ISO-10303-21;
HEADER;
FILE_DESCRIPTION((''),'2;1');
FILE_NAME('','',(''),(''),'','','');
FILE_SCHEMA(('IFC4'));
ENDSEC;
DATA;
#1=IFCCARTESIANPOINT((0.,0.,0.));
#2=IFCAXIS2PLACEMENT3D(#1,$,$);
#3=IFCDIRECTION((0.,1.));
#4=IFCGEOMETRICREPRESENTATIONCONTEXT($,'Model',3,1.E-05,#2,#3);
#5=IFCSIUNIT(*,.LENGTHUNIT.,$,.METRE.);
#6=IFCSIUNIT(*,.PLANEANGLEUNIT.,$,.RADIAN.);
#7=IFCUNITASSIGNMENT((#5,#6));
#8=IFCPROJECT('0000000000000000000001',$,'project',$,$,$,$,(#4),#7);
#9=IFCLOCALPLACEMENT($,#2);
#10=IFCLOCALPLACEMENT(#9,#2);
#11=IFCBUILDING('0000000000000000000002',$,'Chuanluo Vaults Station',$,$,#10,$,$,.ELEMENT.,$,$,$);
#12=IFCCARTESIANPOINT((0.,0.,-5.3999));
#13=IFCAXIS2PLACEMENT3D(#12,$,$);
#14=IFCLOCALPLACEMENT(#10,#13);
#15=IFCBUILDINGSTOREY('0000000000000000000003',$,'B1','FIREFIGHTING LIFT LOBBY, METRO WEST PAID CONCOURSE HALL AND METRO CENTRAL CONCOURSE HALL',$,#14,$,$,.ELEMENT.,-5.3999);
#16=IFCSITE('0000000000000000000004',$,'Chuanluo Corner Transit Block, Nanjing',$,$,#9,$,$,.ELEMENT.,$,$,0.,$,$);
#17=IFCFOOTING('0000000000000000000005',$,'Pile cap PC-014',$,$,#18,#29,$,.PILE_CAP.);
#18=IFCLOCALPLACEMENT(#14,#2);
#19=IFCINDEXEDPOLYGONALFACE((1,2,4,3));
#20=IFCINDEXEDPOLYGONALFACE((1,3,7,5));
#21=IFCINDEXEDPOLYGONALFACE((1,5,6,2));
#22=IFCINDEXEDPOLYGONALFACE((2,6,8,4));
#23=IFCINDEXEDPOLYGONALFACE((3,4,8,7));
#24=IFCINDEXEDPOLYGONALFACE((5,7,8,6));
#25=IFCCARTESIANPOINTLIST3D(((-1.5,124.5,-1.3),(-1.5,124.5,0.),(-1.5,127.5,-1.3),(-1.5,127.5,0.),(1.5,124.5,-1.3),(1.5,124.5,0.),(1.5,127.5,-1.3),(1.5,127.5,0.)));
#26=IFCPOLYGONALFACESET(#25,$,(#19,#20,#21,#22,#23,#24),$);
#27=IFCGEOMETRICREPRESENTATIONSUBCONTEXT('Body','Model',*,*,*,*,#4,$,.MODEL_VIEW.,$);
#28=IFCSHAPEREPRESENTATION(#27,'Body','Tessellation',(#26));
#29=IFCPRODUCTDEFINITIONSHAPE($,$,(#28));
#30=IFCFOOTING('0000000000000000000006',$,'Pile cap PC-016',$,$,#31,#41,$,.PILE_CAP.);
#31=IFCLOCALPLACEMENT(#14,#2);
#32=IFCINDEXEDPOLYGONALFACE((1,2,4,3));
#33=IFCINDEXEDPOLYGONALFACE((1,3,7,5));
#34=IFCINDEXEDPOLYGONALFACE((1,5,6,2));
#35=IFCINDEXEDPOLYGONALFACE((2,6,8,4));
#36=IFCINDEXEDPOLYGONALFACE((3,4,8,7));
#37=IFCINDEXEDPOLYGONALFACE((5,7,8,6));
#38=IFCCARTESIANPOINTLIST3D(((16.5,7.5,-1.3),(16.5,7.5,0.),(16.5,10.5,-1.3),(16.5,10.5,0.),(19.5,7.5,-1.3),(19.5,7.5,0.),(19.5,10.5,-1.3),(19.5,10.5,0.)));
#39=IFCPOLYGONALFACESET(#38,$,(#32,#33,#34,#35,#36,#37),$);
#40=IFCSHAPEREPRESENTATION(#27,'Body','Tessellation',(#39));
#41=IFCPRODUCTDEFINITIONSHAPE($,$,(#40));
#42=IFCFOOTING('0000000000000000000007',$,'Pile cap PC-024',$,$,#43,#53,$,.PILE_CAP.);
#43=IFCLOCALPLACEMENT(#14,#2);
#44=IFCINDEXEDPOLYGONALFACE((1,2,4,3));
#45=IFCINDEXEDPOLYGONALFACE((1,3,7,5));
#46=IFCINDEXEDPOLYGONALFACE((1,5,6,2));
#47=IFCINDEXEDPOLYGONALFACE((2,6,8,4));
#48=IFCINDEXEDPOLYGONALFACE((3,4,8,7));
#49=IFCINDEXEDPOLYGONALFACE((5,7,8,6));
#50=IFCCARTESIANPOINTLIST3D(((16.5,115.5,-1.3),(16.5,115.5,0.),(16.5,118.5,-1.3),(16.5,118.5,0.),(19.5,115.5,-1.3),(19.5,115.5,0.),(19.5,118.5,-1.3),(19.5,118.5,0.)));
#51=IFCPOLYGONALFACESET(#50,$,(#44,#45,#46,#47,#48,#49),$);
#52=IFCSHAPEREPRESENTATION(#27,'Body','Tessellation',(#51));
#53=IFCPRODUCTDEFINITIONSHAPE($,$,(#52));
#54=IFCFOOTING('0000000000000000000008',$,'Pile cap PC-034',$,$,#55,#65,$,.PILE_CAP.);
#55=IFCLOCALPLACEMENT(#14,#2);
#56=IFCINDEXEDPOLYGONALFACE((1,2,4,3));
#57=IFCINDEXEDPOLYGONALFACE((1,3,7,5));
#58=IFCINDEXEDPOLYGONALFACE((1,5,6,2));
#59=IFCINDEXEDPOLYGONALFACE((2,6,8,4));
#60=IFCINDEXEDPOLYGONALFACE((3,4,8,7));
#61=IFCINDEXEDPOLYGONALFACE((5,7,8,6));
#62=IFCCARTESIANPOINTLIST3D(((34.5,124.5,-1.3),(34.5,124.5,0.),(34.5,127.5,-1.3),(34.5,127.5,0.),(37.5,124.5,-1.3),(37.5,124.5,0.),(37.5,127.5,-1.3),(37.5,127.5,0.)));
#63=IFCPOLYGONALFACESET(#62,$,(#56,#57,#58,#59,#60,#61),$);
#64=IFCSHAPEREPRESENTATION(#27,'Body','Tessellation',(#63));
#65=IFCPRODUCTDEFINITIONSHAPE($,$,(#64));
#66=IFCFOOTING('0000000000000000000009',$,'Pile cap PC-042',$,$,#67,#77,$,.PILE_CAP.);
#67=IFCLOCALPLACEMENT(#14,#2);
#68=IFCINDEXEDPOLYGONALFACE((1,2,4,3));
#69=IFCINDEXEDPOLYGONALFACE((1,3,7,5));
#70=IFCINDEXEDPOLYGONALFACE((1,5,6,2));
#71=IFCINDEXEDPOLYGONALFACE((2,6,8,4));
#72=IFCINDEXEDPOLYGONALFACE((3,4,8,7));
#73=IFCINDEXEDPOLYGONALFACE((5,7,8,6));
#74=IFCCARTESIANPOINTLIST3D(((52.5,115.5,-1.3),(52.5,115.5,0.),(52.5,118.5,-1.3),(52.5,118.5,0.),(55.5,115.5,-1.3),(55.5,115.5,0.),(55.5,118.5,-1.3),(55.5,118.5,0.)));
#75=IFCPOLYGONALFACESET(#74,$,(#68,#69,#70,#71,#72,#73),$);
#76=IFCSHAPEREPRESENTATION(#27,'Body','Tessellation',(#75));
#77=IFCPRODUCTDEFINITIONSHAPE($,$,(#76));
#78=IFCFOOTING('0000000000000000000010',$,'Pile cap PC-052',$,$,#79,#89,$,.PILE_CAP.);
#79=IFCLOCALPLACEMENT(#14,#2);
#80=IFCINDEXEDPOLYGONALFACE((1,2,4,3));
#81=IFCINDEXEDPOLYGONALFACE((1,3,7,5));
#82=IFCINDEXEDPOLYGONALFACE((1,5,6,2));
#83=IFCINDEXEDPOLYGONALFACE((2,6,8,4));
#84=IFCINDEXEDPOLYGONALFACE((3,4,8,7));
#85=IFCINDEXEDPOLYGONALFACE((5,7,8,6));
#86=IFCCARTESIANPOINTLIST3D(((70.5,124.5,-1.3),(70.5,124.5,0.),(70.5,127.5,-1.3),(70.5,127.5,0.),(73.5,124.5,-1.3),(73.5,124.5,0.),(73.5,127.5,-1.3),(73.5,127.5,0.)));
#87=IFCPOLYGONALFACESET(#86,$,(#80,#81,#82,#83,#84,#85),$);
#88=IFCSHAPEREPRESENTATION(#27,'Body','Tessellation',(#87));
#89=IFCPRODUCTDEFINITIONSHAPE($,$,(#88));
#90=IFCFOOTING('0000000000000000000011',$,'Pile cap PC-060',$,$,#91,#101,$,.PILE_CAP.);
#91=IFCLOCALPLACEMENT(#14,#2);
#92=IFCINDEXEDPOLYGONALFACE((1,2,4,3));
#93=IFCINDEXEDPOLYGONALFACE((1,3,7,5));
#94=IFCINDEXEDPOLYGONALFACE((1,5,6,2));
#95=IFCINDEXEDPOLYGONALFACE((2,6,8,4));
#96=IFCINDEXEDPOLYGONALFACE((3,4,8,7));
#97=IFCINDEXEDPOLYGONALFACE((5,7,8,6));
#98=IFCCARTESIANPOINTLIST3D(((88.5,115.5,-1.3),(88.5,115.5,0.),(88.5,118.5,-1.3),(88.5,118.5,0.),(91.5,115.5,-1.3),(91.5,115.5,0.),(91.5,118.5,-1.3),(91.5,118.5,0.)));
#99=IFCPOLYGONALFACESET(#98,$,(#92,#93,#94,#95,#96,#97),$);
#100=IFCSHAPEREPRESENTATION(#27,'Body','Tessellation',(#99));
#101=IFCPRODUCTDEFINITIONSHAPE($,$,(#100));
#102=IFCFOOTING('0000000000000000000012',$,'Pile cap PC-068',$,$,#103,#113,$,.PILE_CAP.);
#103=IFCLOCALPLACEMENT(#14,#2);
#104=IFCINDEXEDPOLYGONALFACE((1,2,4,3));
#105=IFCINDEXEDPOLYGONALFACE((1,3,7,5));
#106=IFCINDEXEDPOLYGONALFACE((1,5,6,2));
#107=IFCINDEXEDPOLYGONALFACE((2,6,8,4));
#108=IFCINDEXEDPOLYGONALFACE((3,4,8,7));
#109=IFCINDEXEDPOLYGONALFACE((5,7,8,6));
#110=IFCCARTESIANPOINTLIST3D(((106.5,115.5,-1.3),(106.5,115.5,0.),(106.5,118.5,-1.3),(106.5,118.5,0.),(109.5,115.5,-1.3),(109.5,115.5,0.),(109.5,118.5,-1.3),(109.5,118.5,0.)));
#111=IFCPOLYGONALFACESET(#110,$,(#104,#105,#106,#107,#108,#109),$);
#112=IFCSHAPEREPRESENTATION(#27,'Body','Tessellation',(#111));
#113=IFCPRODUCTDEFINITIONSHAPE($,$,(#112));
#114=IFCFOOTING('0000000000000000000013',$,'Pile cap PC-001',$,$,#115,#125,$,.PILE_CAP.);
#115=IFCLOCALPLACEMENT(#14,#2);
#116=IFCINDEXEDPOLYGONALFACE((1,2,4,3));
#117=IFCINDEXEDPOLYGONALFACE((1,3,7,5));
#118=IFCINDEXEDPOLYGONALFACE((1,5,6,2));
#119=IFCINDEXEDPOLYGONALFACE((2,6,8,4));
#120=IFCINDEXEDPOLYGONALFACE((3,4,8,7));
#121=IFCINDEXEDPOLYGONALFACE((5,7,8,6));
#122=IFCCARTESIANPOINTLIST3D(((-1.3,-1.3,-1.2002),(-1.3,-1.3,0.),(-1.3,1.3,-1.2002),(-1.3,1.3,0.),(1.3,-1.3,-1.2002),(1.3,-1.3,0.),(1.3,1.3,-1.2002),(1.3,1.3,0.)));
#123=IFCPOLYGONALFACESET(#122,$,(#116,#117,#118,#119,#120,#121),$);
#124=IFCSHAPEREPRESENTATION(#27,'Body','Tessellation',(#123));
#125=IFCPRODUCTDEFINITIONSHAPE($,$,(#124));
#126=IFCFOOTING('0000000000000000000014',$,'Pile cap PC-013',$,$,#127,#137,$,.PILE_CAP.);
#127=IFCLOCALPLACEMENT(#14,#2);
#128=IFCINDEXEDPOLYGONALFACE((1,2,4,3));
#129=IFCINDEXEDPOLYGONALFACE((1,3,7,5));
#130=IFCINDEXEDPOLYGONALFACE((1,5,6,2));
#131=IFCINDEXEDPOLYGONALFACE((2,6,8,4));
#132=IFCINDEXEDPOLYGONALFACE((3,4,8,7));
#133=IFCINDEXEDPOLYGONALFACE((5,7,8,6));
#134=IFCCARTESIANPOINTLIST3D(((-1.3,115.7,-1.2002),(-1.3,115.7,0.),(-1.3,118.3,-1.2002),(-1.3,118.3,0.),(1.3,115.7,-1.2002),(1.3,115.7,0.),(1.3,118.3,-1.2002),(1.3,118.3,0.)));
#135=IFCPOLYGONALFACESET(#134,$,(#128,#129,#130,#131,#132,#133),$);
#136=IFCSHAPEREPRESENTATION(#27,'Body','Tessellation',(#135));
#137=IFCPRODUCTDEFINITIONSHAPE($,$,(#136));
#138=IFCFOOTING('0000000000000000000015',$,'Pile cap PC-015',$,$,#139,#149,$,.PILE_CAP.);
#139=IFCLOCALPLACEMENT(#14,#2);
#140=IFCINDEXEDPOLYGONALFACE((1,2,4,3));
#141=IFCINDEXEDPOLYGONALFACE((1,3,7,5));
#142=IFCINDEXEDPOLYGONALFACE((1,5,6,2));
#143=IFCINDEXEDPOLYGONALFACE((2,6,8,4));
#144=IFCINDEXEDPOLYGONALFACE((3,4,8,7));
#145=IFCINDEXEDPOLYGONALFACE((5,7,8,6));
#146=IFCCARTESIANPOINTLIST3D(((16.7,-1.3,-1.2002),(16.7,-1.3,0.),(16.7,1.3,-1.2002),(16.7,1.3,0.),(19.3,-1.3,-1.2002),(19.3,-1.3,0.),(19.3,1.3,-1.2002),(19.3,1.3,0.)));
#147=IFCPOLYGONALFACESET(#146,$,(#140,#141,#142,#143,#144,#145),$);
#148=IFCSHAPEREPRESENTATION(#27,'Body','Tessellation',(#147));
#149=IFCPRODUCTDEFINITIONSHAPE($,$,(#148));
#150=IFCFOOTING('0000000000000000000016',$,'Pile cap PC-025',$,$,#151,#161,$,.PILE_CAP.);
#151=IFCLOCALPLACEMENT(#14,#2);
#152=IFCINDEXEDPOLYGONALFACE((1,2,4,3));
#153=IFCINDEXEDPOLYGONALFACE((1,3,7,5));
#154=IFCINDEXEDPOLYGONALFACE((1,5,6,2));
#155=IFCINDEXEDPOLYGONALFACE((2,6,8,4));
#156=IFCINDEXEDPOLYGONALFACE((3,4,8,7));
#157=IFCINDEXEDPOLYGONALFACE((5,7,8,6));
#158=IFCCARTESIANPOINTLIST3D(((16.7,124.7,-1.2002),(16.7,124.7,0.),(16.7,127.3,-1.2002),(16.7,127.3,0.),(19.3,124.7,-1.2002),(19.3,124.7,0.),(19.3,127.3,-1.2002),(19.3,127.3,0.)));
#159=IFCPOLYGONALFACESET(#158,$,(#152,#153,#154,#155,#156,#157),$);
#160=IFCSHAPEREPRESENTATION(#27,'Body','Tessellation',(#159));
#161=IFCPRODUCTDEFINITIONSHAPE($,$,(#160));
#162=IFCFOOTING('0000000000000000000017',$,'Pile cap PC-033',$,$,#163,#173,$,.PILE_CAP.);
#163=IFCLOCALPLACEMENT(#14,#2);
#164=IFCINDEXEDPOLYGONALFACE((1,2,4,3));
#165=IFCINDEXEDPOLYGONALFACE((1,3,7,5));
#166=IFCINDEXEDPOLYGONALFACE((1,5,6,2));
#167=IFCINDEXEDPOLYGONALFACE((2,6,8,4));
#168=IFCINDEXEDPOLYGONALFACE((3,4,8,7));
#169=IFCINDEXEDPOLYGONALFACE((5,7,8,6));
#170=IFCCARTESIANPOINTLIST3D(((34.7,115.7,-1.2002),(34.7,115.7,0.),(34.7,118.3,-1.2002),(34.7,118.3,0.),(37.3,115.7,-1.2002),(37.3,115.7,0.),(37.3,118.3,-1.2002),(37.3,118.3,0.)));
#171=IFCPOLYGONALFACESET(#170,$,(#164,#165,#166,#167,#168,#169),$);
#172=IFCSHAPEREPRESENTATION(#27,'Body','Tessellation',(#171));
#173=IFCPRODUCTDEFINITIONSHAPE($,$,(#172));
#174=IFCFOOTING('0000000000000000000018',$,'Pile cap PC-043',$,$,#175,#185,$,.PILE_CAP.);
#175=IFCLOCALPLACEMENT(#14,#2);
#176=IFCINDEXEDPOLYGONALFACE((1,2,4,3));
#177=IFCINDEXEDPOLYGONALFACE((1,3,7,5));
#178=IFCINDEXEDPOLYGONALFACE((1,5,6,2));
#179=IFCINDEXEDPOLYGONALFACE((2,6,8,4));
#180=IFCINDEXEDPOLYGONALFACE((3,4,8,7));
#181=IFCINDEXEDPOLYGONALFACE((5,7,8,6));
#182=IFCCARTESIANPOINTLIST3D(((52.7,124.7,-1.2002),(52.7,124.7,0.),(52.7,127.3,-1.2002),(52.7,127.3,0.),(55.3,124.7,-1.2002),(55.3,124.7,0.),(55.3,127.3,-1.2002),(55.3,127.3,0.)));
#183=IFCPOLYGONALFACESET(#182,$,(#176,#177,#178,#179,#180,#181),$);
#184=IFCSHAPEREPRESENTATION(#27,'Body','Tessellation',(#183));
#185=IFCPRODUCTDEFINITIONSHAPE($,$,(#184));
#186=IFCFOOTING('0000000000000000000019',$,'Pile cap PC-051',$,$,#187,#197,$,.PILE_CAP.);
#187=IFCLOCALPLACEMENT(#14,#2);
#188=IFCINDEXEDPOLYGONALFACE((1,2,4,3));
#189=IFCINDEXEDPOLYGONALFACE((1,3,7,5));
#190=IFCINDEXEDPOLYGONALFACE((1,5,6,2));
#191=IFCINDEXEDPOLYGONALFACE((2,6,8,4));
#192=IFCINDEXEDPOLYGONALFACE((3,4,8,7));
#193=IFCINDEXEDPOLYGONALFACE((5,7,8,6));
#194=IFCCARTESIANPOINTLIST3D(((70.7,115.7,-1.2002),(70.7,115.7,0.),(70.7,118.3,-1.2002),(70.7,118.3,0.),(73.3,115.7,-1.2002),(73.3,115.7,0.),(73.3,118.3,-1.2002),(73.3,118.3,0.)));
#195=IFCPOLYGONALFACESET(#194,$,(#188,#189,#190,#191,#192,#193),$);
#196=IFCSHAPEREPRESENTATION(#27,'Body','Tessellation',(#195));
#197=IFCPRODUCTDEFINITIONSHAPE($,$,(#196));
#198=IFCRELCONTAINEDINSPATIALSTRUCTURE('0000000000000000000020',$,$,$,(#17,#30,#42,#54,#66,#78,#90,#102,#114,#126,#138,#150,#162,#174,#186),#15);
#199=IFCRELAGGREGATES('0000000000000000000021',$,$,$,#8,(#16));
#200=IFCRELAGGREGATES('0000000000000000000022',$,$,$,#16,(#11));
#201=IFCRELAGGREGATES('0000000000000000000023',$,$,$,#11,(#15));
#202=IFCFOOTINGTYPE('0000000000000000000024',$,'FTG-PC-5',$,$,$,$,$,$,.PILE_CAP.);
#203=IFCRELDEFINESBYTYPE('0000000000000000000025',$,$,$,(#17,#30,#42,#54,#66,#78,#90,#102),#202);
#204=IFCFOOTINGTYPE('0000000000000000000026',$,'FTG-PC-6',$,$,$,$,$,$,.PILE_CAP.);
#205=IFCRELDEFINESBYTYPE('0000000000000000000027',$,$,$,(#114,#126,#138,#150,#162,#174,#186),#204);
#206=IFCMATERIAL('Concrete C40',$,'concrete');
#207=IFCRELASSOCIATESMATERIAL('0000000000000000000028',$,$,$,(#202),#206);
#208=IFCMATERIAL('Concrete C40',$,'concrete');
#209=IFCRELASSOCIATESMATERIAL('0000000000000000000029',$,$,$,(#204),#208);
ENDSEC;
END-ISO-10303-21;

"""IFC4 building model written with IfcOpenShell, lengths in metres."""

from ifc_helpers import new_model, si_unit, direction, frame, origin, place, context, subcontext, project, spatial, polyline, outline, extrude, material, type_object, element, save


model = new_model("IFC4")

# Units and contexts
model_context = context("Model", 3, precision=1e-05, world=origin(), true_north=direction((0.0, 1.0)))
body_context = subcontext(model_context, "Body", "Model", "MODEL_VIEW")
ifc_project = project(units=[si_unit("LENGTHUNIT", "METRE"), si_unit("PLANEANGLEUNIT", "RADIAN")], contexts=[model_context])

# Site, building, storey
site_placement = place(None, origin())
site = spatial("IfcSite", under=ifc_project, at=site_placement, Name="Chuanluo Corner Transit Block, Nanjing", CompositionType="ELEMENT", RefElevation=0.0)
building_placement = place(site_placement, origin())
building = spatial("IfcBuilding", under=site, at=building_placement, Name="Chuanluo Vaults Station", CompositionType="ELEMENT")
storey_placement = place(building_placement, frame((0.0, 0.0, -5.3999)))
storey = spatial("IfcBuildingStorey", under=building, at=storey_placement, Name="B1", Description="FIREFIGHTING LIFT LOBBY, METRO WEST PAID CONCOURSE HALL AND METRO CENTRAL CONCOURSE HALL", CompositionType="ELEMENT", Elevation=-5.3999)

# Footings
ifc_material_1 = material(Name="Concrete C40", Category="concrete")
footing_type_1 = type_object("IfcFootingType", Name="FTG-PC-5", PredefinedType="PILE_CAP", material=ifc_material_1)
footing_1_placement = place(storey_placement, frame((0.0, 0.0, -1.3)))
element("IfcFooting", 1, at=footing_1_placement, inside=storey, type_object=footing_type_1, Name="Pile cap PC-014", PredefinedType="PILE_CAP", context=body_context, shape_type="SweptSolid", body=[
    extrude(outline(polyline([(-1.5, 124.5), (1.5, 124.5), (1.5, 127.5), (-1.5, 127.5), (-1.5, 124.5)])), origin(), (0.0, 0.0, 1.0), 1.3),
])
footing_2_placement = place(storey_placement, frame((0.0, 0.0, -1.3)))
element("IfcFooting", 2, at=footing_2_placement, inside=storey, type_object=footing_type_1, Name="Pile cap PC-016", PredefinedType="PILE_CAP", context=body_context, shape_type="SweptSolid", body=[
    extrude(outline(polyline([(16.5, 7.5), (19.5, 7.5), (19.5, 10.5), (16.5, 10.5), (16.5, 7.5)])), origin(), (0.0, 0.0, 1.0), 1.3),
])
footing_3_placement = place(storey_placement, frame((0.0, 0.0, -1.3)))
element("IfcFooting", 3, at=footing_3_placement, inside=storey, type_object=footing_type_1, Name="Pile cap PC-024", PredefinedType="PILE_CAP", context=body_context, shape_type="SweptSolid", body=[
    extrude(outline(polyline([(16.5, 115.5), (19.5, 115.5), (19.5, 118.5), (16.5, 118.5), (16.5, 115.5)])), origin(), (0.0, 0.0, 1.0), 1.3),
])
footing_4_placement = place(storey_placement, frame((0.0, 0.0, -1.3)))
element("IfcFooting", 4, at=footing_4_placement, inside=storey, type_object=footing_type_1, Name="Pile cap PC-034", PredefinedType="PILE_CAP", context=body_context, shape_type="SweptSolid", body=[
    extrude(outline(polyline([(34.5, 124.5), (37.5, 124.5), (37.5, 127.5), (34.5, 127.5), (34.5, 124.5)])), origin(), (0.0, 0.0, 1.0), 1.3),
])
footing_5_placement = place(storey_placement, frame((0.0, 0.0, -1.3)))
element("IfcFooting", 5, at=footing_5_placement, inside=storey, type_object=footing_type_1, Name="Pile cap PC-042", PredefinedType="PILE_CAP", context=body_context, shape_type="SweptSolid", body=[
    extrude(outline(polyline([(52.5, 115.5), (55.5, 115.5), (55.5, 118.5), (52.5, 118.5), (52.5, 115.5)])), origin(), (0.0, 0.0, 1.0), 1.3),
])
footing_6_placement = place(storey_placement, frame((0.0, 0.0, -1.3)))
element("IfcFooting", 6, at=footing_6_placement, inside=storey, type_object=footing_type_1, Name="Pile cap PC-052", PredefinedType="PILE_CAP", context=body_context, shape_type="SweptSolid", body=[
    extrude(outline(polyline([(70.5, 124.5), (73.5, 124.5), (73.5, 127.5), (70.5, 127.5), (70.5, 124.5)])), origin(), (0.0, 0.0, 1.0), 1.3),
])
footing_7_placement = place(storey_placement, frame((0.0, 0.0, -1.3)))
element("IfcFooting", 7, at=footing_7_placement, inside=storey, type_object=footing_type_1, Name="Pile cap PC-060", PredefinedType="PILE_CAP", context=body_context, shape_type="SweptSolid", body=[
    extrude(outline(polyline([(88.5, 115.5), (91.5, 115.5), (91.5, 118.5), (88.5, 118.5), (88.5, 115.5)])), origin(), (0.0, 0.0, 1.0), 1.3),
])
footing_8_placement = place(storey_placement, frame((0.0, 0.0, -1.3)))
element("IfcFooting", 8, at=footing_8_placement, inside=storey, type_object=footing_type_1, Name="Pile cap PC-068", PredefinedType="PILE_CAP", context=body_context, shape_type="SweptSolid", body=[
    extrude(outline(polyline([(106.5, 115.5), (109.5, 115.5), (109.5, 118.5), (106.5, 118.5), (106.5, 115.5)])), origin(), (0.0, 0.0, 1.0), 1.3),
])
ifc_material_2 = material(Name="Concrete C40", Category="concrete")
footing_type_2 = type_object("IfcFootingType", Name="FTG-PC-6", PredefinedType="PILE_CAP", material=ifc_material_2)
footing_9_placement = place(storey_placement, frame((0.0, 0.0, -1.2002)))
element("IfcFooting", 9, at=footing_9_placement, inside=storey, type_object=footing_type_2, Name="Pile cap PC-001", PredefinedType="PILE_CAP", context=body_context, shape_type="SweptSolid", body=[
    extrude(outline(polyline([(-1.3, -1.3), (1.3, -1.3), (1.3, 1.3), (-1.3, 1.3), (-1.3, -1.3)])), origin(), (0.0, 0.0, 1.0), 1.2002),
])
footing_10_placement = place(storey_placement, frame((0.0, 0.0, -1.2002)))
element("IfcFooting", 10, at=footing_10_placement, inside=storey, type_object=footing_type_2, Name="Pile cap PC-013", PredefinedType="PILE_CAP", context=body_context, shape_type="SweptSolid", body=[
    extrude(outline(polyline([(-1.3, 115.7), (1.3, 115.7), (1.3, 118.3), (-1.3, 118.3), (-1.3, 115.7)])), origin(), (0.0, 0.0, 1.0), 1.2002),
])
footing_11_placement = place(storey_placement, frame((0.0, 0.0, -1.2002)))
element("IfcFooting", 11, at=footing_11_placement, inside=storey, type_object=footing_type_2, Name="Pile cap PC-015", PredefinedType="PILE_CAP", context=body_context, shape_type="SweptSolid", body=[
    extrude(outline(polyline([(16.7, -1.3), (19.3, -1.3), (19.3, 1.3), (16.7, 1.3), (16.7, -1.3)])), origin(), (0.0, 0.0, 1.0), 1.2002),
])
footing_12_placement = place(storey_placement, frame((0.0, 0.0, -1.2002)))
element("IfcFooting", 12, at=footing_12_placement, inside=storey, type_object=footing_type_2, Name="Pile cap PC-025", PredefinedType="PILE_CAP", context=body_context, shape_type="SweptSolid", body=[
    extrude(outline(polyline([(16.7, 124.7), (19.3, 124.7), (19.3, 127.3), (16.7, 127.3), (16.7, 124.7)])), origin(), (0.0, 0.0, 1.0), 1.2002),
])
footing_13_placement = place(storey_placement, frame((0.0, 0.0, -1.2002)))
element("IfcFooting", 13, at=footing_13_placement, inside=storey, type_object=footing_type_2, Name="Pile cap PC-033", PredefinedType="PILE_CAP", context=body_context, shape_type="SweptSolid", body=[
    extrude(outline(polyline([(34.7, 115.7), (37.3, 115.7), (37.3, 118.3), (34.7, 118.3), (34.7, 115.7)])), origin(), (0.0, 0.0, 1.0), 1.2002),
])
footing_14_placement = place(storey_placement, frame((0.0, 0.0, -1.2002)))
element("IfcFooting", 14, at=footing_14_placement, inside=storey, type_object=footing_type_2, Name="Pile cap PC-043", PredefinedType="PILE_CAP", context=body_context, shape_type="SweptSolid", body=[
    extrude(outline(polyline([(52.7, 124.7), (55.3, 124.7), (55.3, 127.3), (52.7, 127.3), (52.7, 124.7)])), origin(), (0.0, 0.0, 1.0), 1.2002),
])
footing_15_placement = place(storey_placement, frame((0.0, 0.0, -1.2002)))
element("IfcFooting", 15, at=footing_15_placement, inside=storey, type_object=footing_type_2, Name="Pile cap PC-051", PredefinedType="PILE_CAP", context=body_context, shape_type="SweptSolid", body=[
    extrude(outline(polyline([(70.7, 115.7), (73.3, 115.7), (73.3, 118.3), (70.7, 118.3), (70.7, 115.7)])), origin(), (0.0, 0.0, 1.0), 1.2002),
])

save(model, "model.ifc")
